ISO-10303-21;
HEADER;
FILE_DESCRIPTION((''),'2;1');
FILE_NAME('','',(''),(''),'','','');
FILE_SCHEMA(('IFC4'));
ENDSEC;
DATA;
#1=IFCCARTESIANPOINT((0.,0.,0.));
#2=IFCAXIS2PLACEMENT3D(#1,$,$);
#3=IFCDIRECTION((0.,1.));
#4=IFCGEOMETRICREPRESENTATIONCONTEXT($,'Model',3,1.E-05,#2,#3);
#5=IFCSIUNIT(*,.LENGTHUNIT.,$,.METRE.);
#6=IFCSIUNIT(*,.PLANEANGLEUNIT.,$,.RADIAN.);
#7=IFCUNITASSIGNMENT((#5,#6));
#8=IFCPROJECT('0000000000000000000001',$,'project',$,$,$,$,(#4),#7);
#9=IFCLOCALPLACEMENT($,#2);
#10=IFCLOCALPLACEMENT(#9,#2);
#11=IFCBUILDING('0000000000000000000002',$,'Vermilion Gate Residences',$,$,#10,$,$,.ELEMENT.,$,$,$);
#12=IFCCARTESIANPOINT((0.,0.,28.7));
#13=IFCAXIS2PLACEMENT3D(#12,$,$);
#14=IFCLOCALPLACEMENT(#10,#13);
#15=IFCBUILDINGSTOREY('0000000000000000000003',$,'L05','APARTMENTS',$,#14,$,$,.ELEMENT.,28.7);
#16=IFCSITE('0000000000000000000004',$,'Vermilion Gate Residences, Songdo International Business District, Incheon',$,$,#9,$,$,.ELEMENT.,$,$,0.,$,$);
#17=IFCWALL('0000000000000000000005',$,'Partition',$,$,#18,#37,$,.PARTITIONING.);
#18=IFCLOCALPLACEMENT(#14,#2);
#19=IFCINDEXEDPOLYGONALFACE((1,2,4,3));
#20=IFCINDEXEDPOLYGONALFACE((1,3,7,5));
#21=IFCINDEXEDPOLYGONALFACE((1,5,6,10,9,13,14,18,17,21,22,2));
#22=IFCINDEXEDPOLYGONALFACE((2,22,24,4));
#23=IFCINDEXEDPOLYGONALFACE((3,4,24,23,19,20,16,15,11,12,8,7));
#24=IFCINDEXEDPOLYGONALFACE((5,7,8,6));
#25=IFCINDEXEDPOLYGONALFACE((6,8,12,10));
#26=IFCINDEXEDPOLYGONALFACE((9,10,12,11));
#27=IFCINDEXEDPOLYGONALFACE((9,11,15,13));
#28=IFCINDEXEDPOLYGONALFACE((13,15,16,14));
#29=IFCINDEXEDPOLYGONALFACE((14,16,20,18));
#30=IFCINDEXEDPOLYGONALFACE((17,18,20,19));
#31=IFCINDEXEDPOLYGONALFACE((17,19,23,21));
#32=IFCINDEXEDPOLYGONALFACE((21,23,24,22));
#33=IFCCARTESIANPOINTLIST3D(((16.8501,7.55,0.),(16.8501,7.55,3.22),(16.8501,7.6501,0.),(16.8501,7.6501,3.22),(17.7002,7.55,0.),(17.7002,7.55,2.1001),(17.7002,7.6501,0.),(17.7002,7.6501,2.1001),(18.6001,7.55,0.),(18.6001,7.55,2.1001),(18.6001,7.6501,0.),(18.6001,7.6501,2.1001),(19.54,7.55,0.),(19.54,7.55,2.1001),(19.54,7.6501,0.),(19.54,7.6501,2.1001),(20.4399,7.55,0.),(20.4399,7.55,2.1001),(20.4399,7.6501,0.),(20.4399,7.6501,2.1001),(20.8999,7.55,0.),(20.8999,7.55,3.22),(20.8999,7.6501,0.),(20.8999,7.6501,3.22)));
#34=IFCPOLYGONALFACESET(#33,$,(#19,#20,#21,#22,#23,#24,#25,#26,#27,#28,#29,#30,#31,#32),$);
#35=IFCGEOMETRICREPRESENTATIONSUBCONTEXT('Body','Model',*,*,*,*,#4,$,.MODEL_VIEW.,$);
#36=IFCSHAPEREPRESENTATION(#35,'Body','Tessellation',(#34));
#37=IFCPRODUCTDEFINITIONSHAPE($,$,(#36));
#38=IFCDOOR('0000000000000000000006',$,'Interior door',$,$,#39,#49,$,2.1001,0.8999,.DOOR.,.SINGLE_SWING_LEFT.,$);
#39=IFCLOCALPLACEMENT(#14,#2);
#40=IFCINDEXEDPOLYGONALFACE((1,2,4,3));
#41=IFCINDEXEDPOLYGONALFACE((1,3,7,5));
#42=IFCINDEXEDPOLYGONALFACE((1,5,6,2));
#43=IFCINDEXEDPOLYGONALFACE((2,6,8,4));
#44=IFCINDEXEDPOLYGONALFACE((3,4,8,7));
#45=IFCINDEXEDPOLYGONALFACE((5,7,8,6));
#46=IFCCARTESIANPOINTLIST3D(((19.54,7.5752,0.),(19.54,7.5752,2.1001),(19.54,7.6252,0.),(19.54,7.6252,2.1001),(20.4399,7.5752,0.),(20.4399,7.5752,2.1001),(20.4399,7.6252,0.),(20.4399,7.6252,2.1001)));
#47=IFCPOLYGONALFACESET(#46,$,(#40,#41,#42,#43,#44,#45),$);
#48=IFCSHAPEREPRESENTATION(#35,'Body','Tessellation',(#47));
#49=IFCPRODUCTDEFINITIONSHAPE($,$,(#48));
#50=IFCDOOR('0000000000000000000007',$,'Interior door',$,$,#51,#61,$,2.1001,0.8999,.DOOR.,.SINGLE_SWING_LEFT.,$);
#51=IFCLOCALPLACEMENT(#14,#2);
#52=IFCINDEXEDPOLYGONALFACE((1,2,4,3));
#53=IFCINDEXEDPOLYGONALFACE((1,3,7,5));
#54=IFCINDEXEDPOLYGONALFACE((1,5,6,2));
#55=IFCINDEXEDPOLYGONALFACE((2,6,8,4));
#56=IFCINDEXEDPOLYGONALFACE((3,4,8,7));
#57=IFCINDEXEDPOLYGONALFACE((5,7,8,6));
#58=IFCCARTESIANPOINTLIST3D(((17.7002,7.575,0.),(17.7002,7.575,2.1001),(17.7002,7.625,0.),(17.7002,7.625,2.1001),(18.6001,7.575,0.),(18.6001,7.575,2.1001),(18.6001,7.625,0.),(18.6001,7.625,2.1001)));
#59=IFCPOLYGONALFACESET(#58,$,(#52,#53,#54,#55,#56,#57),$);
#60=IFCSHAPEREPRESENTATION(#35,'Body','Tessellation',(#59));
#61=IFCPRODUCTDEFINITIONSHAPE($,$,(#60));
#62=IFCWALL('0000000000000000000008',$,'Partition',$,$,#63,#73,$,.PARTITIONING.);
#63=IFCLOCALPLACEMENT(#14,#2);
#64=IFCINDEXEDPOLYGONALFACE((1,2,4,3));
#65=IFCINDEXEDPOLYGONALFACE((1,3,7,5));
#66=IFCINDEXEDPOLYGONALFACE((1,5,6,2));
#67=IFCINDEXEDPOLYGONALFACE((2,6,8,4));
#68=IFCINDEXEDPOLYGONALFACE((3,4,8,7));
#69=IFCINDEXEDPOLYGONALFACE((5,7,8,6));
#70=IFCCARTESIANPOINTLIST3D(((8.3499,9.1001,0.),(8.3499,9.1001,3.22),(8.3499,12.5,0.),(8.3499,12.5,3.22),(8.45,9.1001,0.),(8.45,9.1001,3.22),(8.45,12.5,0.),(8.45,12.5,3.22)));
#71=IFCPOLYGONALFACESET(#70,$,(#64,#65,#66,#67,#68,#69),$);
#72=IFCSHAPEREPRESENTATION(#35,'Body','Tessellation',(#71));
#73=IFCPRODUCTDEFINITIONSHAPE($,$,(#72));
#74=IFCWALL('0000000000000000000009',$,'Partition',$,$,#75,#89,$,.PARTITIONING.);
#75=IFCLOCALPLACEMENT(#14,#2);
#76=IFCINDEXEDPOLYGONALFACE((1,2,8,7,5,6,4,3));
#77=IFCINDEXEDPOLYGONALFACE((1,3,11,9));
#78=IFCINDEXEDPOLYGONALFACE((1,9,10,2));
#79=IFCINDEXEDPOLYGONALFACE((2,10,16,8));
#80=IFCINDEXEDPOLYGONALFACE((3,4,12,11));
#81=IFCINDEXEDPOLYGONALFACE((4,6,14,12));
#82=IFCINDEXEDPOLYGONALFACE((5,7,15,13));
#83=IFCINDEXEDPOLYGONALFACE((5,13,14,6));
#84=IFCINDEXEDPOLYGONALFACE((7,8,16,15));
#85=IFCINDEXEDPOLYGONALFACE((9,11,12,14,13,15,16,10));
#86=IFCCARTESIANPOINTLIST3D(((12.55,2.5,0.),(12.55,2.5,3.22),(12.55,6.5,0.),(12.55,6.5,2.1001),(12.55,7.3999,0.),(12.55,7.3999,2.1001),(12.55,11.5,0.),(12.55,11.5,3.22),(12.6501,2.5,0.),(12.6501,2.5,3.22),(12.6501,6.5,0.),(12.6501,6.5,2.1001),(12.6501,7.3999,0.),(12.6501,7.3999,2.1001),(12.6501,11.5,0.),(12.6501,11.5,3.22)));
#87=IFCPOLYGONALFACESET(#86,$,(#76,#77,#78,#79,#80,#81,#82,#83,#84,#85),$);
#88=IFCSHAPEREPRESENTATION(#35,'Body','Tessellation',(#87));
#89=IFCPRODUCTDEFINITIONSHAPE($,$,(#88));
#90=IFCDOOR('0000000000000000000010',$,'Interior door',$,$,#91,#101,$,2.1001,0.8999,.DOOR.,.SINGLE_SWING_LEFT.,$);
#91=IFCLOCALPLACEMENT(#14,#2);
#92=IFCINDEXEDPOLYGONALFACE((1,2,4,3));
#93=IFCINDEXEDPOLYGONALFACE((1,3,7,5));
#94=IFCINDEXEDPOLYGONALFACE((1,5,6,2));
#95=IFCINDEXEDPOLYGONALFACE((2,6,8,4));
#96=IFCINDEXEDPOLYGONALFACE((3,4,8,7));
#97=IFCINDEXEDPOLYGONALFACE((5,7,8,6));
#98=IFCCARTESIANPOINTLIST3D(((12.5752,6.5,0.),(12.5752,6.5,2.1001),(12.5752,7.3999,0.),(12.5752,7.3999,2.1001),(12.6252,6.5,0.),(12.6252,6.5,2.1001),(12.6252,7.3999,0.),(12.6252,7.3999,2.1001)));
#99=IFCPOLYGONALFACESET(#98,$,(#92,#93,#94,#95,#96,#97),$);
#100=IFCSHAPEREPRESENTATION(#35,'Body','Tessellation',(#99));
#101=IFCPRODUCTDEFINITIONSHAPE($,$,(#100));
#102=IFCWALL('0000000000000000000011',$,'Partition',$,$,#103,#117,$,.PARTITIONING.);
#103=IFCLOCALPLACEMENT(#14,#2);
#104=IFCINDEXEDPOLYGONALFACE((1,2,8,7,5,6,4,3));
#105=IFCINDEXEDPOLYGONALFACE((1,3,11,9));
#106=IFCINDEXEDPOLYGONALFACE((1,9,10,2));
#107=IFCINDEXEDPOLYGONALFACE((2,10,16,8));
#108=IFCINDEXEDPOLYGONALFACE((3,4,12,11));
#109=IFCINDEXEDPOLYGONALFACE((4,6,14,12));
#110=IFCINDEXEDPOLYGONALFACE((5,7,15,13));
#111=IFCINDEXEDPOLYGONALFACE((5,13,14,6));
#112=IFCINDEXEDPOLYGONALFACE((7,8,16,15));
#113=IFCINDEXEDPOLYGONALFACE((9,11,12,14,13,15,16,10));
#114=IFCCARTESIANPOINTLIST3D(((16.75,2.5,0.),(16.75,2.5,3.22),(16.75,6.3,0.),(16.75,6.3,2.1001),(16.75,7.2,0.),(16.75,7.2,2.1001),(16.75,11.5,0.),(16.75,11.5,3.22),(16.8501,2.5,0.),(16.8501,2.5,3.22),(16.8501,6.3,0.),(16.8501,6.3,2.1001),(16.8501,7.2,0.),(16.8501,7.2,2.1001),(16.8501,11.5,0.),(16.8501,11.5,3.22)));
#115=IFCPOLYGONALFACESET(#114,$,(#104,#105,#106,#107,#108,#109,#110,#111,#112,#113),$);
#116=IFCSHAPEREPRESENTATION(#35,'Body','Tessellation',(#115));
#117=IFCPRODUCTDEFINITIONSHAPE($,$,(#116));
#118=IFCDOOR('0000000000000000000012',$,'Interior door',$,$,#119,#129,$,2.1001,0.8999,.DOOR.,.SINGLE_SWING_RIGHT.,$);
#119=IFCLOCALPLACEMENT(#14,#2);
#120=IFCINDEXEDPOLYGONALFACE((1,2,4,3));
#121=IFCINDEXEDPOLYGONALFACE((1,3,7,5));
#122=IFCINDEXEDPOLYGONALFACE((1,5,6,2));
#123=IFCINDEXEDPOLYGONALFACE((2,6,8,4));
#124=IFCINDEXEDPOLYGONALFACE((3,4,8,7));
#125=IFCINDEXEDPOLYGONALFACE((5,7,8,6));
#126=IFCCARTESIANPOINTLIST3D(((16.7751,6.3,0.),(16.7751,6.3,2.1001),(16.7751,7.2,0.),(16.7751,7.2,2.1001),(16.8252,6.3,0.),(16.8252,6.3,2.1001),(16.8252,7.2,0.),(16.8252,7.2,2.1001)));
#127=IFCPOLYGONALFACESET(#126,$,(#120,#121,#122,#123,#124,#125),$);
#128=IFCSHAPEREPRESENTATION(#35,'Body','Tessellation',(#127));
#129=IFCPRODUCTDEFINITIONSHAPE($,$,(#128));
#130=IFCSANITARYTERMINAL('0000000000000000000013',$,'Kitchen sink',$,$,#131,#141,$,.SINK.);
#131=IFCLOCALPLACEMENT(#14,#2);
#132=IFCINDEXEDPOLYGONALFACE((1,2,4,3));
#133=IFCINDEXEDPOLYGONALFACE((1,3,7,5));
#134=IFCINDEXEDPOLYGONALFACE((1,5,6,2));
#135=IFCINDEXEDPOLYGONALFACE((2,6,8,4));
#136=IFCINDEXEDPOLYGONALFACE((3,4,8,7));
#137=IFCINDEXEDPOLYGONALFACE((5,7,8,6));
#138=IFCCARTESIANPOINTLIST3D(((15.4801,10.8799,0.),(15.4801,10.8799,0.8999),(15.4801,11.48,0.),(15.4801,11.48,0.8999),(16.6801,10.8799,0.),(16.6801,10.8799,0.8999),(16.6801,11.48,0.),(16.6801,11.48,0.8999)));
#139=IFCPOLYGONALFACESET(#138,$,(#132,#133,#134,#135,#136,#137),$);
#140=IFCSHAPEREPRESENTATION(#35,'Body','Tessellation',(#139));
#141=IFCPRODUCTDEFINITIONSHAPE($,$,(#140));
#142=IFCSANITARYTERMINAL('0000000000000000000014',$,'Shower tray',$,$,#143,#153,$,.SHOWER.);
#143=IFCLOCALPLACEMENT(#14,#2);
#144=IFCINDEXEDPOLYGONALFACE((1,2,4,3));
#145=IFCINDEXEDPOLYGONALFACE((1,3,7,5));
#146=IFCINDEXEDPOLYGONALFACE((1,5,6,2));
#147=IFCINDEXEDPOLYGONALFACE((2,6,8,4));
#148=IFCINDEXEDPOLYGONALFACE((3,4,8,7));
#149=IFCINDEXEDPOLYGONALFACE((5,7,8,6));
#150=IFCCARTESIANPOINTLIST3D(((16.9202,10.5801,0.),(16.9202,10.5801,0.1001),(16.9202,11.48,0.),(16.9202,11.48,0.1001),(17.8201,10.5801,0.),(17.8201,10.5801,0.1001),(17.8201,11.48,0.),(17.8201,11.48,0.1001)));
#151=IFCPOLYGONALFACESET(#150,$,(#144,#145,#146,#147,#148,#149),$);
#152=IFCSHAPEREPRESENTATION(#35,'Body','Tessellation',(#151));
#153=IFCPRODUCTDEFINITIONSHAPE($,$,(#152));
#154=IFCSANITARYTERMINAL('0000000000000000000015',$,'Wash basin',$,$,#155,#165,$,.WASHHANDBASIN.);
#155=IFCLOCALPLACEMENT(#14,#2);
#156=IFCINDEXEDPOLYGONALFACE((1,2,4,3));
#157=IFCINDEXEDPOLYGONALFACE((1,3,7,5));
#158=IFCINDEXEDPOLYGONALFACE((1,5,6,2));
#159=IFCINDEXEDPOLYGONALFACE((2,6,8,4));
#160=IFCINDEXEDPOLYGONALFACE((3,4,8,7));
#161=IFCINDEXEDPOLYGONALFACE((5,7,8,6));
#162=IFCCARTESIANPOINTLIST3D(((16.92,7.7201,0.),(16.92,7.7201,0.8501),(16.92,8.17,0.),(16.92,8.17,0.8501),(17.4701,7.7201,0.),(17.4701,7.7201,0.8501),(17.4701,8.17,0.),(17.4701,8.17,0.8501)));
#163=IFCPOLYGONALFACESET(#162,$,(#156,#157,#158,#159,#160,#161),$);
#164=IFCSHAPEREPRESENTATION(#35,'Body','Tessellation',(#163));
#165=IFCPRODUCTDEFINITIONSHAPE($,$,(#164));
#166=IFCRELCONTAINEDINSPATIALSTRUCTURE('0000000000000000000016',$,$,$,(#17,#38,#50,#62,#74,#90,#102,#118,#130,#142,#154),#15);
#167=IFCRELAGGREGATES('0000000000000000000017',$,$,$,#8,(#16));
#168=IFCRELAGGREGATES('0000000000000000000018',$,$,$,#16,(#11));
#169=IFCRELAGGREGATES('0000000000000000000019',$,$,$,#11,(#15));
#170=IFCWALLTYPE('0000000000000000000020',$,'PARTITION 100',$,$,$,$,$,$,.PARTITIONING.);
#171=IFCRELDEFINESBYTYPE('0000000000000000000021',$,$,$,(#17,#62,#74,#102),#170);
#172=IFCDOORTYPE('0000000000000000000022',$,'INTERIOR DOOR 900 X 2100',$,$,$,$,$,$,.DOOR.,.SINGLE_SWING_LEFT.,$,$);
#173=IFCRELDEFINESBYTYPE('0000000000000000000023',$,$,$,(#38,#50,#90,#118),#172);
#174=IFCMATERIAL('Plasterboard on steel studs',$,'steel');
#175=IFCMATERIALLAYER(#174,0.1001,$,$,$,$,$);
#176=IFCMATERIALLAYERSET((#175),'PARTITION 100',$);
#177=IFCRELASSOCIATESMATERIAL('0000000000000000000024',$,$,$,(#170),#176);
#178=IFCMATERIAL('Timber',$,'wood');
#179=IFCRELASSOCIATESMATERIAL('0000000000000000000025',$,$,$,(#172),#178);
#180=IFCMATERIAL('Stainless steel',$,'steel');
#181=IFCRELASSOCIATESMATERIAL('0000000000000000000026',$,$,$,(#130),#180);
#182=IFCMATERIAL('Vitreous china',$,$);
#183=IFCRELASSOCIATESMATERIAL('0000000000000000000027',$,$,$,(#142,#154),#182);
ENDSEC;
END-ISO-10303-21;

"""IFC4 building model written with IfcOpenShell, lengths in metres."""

from ifc_helpers import new_model, si_unit, direction, frame, frame_2d, origin, origin_2d, place, context, subcontext, project, spatial, rectangle, extrude, material, layer, layer_set, type_object, element, fill, save


model = new_model("IFC4")

# Units and contexts
model_context = context("Model", 3, precision=1e-05, world=origin(), true_north=direction((0.0, 1.0)))
body_context = subcontext(model_context, "Body", "Model", "MODEL_VIEW")
ifc_project = project(units=[si_unit("LENGTHUNIT", "METRE"), si_unit("PLANEANGLEUNIT", "RADIAN")], contexts=[model_context])

# Site, building, storey
site_placement = place(None, origin())
site = spatial("IfcSite", under=ifc_project, at=site_placement, Name="Vermilion Gate Residences, Songdo International Business District, Incheon", CompositionType="ELEMENT", RefElevation=0.0)
building_placement = place(site_placement, origin())
building = spatial("IfcBuilding", under=site, at=building_placement, Name="Vermilion Gate Residences", CompositionType="ELEMENT")
storey_placement = place(building_placement, frame((0.0, 0.0, 28.7)))
storey = spatial("IfcBuildingStorey", under=building, at=storey_placement, Name="L05", Description="APARTMENTS", CompositionType="ELEMENT", Elevation=28.7)

# Wall, openings, doors
ifc_material_1 = material(Name="Plasterboard on steel studs", Category="steel")
ifc_layer = layer(ifc_material_1, 0.1001)
ifc_layer_set = layer_set([ifc_layer], Name="PARTITION 100")
wall_type = type_object("IfcWallType", Name="PARTITION 100", PredefinedType="PARTITIONING", material=ifc_layer_set)
ifc_material_2 = material(Name="Timber", Category="wood")
door_type = type_object("IfcDoorType", Name="INTERIOR DOOR 900 X 2100", OperationType="SINGLE_SWING_LEFT", PredefinedType="DOOR", material=ifc_material_2)
wall_1_placement = place(storey_placement, frame((16.8501, 7.6001, 0.0), z_axis=(0.0, 0.0, 1.0), x_axis=(1.0, 0.0, 0.0)))
wall_1 = element("IfcWall", 1, at=wall_1_placement, inside=storey, type_object=wall_type, Name="Partition", PredefinedType="PARTITIONING", context=body_context, shape_type="SweptSolid", body=[
    extrude(rectangle(XDim=4.0498, YDim=0.1001, at=frame_2d((2.0249, 0.0))), origin(), (0.0, 0.0, 1.0), 3.22),
])
opening_1_placement = place(wall_1_placement, frame((2.6899, 0.0, 0.0)))
opening_1 = element("IfcOpeningElement", 2, at=opening_1_placement, cuts=wall_1, PredefinedType="OPENING", context=body_context, shape_type="SweptSolid", body=[
    extrude(rectangle(XDim=0.8999, YDim=2.1001, at=frame_2d((0.45, 1.05))), frame((0.0, 0.0601, 0.0), z_axis=(0.0, -1.0, 0.0), x_axis=(1.0, 0.0, 0.0)), (0.0, 0.0, 1.0), 0.1201),
])
opening_2_placement = place(wall_1_placement, frame((0.8501, 0.0, 0.0)))
opening_2 = element("IfcOpeningElement", 3, at=opening_2_placement, cuts=wall_1, PredefinedType="OPENING", context=body_context, shape_type="SweptSolid", body=[
    extrude(rectangle(XDim=0.8999, YDim=2.1001, at=frame_2d((0.45, 1.05))), frame((0.0, 0.0601, 0.0), z_axis=(0.0, -1.0, 0.0), x_axis=(1.0, 0.0, 0.0)), (0.0, 0.0, 1.0), 0.1201),
])
door_1_placement = place(opening_1_placement, frame((0.8999, 0.0, 0.0), z_axis=(0.0, 0.0, 1.0), x_axis=(-1.0, 0.0, 0.0)))
door_1 = element("IfcDoor", 4, at=door_1_placement, inside=storey, type_object=door_type, Name="Interior door", OperationType="SINGLE_SWING_LEFT", OverallHeight=2.1001, OverallWidth=0.8999, PredefinedType="DOOR", context=body_context, shape_type="SweptSolid", body=[
    extrude(rectangle(XDim=0.8999, YDim=2.1001, at=frame_2d((0.45, 1.05))), frame((0.0, 0.0249, 0.0), z_axis=(0.0, -1.0, 0.0), x_axis=(1.0, 0.0, 0.0)), (0.0, 0.0, 1.0), 0.05),
])
fill(opening_1, door_1)
door_2_placement = place(opening_2_placement, origin())
door_2 = element("IfcDoor", 5, at=door_2_placement, inside=storey, type_object=door_type, Name="Interior door", OperationType="SINGLE_SWING_LEFT", OverallHeight=2.1001, OverallWidth=0.8999, PredefinedType="DOOR", context=body_context, shape_type="SweptSolid", body=[
    extrude(rectangle(XDim=0.8999, YDim=2.1001, at=frame_2d((0.45, 1.05))), frame((0.0, 0.0249, 0.0), z_axis=(0.0, -1.0, 0.0), x_axis=(1.0, 0.0, 0.0)), (0.0, 0.0, 1.0), 0.05),
])
fill(opening_2, door_2)

# Wall
wall_2_placement = place(storey_placement, frame((8.3999, 9.1001, 0.0), z_axis=(0.0, 0.0, 1.0), x_axis=(0.0, 1.0, 0.0)))
element("IfcWall", 6, at=wall_2_placement, inside=storey, type_object=wall_type, Name="Partition", PredefinedType="PARTITIONING", context=body_context, shape_type="SweptSolid", body=[
    extrude(rectangle(XDim=3.3999, YDim=0.1001, at=frame_2d((1.7, 0.0))), origin(), (0.0, 0.0, 1.0), 3.22),
])

# Walls, openings, doors
wall_3_placement = place(storey_placement, frame((12.6001, 2.5, 0.0), z_axis=(0.0, 0.0, 1.0), x_axis=(0.0, 1.0, 0.0)))
wall_3 = element("IfcWall", 7, at=wall_3_placement, inside=storey, type_object=wall_type, Name="Partition", PredefinedType="PARTITIONING", context=body_context, shape_type="SweptSolid", body=[
    extrude(rectangle(XDim=9.0, YDim=0.1001, at=frame_2d((4.5, 0.0))), origin(), (0.0, 0.0, 1.0), 3.22),
])
opening_3_placement = place(wall_3_placement, frame((4.0, 0.0, 0.0)))
opening_3 = element("IfcOpeningElement", 8, at=opening_3_placement, cuts=wall_3, PredefinedType="OPENING", context=body_context, shape_type="SweptSolid", body=[
    extrude(rectangle(XDim=0.8999, YDim=2.1001, at=frame_2d((0.45, 1.05))), frame((0.0, 0.0601, 0.0), z_axis=(0.0, -1.0, 0.0), x_axis=(1.0, 0.0, 0.0)), (0.0, 0.0, 1.0), 0.1201),
])
door_3_placement = place(opening_3_placement, origin())
door_3 = element("IfcDoor", 9, at=door_3_placement, inside=storey, type_object=door_type, Name="Interior door", OperationType="SINGLE_SWING_LEFT", OverallHeight=2.1001, OverallWidth=0.8999, PredefinedType="DOOR", context=body_context, shape_type="SweptSolid", body=[
    extrude(rectangle(XDim=0.8999, YDim=2.1001, at=frame_2d((0.45, 1.05))), frame((0.0, 0.0249, 0.0), z_axis=(0.0, -1.0, 0.0), x_axis=(1.0, 0.0, 0.0)), (0.0, 0.0, 1.0), 0.05),
])
fill(opening_3, door_3)
wall_4_placement = place(storey_placement, frame((16.8, 2.5, 0.0), z_axis=(0.0, 0.0, 1.0), x_axis=(0.0, 1.0, 0.0)))
wall_4 = element("IfcWall", 10, at=wall_4_placement, inside=storey, type_object=wall_type, Name="Partition", PredefinedType="PARTITIONING", context=body_context, shape_type="SweptSolid", body=[
    extrude(rectangle(XDim=9.0, YDim=0.1001, at=frame_2d((4.5, 0.0))), origin(), (0.0, 0.0, 1.0), 3.22),
])
opening_4_placement = place(wall_4_placement, frame((3.8, 0.0, 0.0)))
opening_4 = element("IfcOpeningElement", 11, at=opening_4_placement, cuts=wall_4, PredefinedType="OPENING", context=body_context, shape_type="SweptSolid", body=[
    extrude(rectangle(XDim=0.8999, YDim=2.1001, at=frame_2d((0.45, 1.05))), frame((0.0, 0.0601, 0.0), z_axis=(0.0, -1.0, 0.0), x_axis=(1.0, 0.0, 0.0)), (0.0, 0.0, 1.0), 0.1201),
])
door_4_placement = place(opening_4_placement, origin())
door_4 = element("IfcDoor", 12, at=door_4_placement, inside=storey, type_object=door_type, Name="Interior door", OperationType="SINGLE_SWING_RIGHT", OverallHeight=2.1001, OverallWidth=0.8999, PredefinedType="DOOR", context=body_context, shape_type="SweptSolid", body=[
    extrude(rectangle(XDim=0.8999, YDim=2.1001, at=frame_2d((0.45, 1.05))), frame((0.0, 0.0249, 0.0), z_axis=(0.0, -1.0, 0.0), x_axis=(1.0, 0.0, 0.0)), (0.0, 0.0, 1.0), 0.05),
])
fill(opening_4, door_4)

# Sanitary terminals
ifc_material_3 = material(Name="Stainless steel", Category="steel")
sanitary_terminal_1_placement = place(storey_placement, frame((16.0801, 11.1799, 0.0), z_axis=(0.0, 0.0, 1.0), x_axis=(1.0, 0.0, 0.0)))
element("IfcSanitaryTerminal", 13, at=sanitary_terminal_1_placement, inside=storey, material=ifc_material_3, Name="Kitchen sink", PredefinedType="SINK", context=body_context, shape_type="SweptSolid", body=[
    extrude(rectangle(XDim=1.2, YDim=0.6001, at=origin_2d()), origin(), (0.0, 0.0, 1.0), 0.8999),
])
ifc_material_4 = material(Name="Vitreous china")
sanitary_terminal_2_placement = place(storey_placement, frame((17.3701, 11.03, 0.0), z_axis=(0.0, 0.0, 1.0), x_axis=(1.0, 0.0, 0.0)))
element("IfcSanitaryTerminal", 14, at=sanitary_terminal_2_placement, inside=storey, material=ifc_material_4, Name="Shower tray", PredefinedType="SHOWER", context=body_context, shape_type="SweptSolid", body=[
    extrude(rectangle(XDim=0.8999, YDim=0.8999, at=origin_2d()), origin(), (0.0, 0.0, 1.0), 0.1001),
])
sanitary_terminal_3_placement = place(storey_placement, frame((17.1951, 7.9451, 0.0), z_axis=(0.0, 0.0, 1.0), x_axis=(1.0, 0.0, 0.0)))
element("IfcSanitaryTerminal", 15, at=sanitary_terminal_3_placement, inside=storey, material=ifc_material_4, Name="Wash basin", PredefinedType="WASHHANDBASIN", context=body_context, shape_type="SweptSolid", body=[
    extrude(rectangle(XDim=0.55, YDim=0.45, at=origin_2d()), origin(), (0.0, 0.0, 1.0), 0.8501),
])

save(model, "model.ifc")
